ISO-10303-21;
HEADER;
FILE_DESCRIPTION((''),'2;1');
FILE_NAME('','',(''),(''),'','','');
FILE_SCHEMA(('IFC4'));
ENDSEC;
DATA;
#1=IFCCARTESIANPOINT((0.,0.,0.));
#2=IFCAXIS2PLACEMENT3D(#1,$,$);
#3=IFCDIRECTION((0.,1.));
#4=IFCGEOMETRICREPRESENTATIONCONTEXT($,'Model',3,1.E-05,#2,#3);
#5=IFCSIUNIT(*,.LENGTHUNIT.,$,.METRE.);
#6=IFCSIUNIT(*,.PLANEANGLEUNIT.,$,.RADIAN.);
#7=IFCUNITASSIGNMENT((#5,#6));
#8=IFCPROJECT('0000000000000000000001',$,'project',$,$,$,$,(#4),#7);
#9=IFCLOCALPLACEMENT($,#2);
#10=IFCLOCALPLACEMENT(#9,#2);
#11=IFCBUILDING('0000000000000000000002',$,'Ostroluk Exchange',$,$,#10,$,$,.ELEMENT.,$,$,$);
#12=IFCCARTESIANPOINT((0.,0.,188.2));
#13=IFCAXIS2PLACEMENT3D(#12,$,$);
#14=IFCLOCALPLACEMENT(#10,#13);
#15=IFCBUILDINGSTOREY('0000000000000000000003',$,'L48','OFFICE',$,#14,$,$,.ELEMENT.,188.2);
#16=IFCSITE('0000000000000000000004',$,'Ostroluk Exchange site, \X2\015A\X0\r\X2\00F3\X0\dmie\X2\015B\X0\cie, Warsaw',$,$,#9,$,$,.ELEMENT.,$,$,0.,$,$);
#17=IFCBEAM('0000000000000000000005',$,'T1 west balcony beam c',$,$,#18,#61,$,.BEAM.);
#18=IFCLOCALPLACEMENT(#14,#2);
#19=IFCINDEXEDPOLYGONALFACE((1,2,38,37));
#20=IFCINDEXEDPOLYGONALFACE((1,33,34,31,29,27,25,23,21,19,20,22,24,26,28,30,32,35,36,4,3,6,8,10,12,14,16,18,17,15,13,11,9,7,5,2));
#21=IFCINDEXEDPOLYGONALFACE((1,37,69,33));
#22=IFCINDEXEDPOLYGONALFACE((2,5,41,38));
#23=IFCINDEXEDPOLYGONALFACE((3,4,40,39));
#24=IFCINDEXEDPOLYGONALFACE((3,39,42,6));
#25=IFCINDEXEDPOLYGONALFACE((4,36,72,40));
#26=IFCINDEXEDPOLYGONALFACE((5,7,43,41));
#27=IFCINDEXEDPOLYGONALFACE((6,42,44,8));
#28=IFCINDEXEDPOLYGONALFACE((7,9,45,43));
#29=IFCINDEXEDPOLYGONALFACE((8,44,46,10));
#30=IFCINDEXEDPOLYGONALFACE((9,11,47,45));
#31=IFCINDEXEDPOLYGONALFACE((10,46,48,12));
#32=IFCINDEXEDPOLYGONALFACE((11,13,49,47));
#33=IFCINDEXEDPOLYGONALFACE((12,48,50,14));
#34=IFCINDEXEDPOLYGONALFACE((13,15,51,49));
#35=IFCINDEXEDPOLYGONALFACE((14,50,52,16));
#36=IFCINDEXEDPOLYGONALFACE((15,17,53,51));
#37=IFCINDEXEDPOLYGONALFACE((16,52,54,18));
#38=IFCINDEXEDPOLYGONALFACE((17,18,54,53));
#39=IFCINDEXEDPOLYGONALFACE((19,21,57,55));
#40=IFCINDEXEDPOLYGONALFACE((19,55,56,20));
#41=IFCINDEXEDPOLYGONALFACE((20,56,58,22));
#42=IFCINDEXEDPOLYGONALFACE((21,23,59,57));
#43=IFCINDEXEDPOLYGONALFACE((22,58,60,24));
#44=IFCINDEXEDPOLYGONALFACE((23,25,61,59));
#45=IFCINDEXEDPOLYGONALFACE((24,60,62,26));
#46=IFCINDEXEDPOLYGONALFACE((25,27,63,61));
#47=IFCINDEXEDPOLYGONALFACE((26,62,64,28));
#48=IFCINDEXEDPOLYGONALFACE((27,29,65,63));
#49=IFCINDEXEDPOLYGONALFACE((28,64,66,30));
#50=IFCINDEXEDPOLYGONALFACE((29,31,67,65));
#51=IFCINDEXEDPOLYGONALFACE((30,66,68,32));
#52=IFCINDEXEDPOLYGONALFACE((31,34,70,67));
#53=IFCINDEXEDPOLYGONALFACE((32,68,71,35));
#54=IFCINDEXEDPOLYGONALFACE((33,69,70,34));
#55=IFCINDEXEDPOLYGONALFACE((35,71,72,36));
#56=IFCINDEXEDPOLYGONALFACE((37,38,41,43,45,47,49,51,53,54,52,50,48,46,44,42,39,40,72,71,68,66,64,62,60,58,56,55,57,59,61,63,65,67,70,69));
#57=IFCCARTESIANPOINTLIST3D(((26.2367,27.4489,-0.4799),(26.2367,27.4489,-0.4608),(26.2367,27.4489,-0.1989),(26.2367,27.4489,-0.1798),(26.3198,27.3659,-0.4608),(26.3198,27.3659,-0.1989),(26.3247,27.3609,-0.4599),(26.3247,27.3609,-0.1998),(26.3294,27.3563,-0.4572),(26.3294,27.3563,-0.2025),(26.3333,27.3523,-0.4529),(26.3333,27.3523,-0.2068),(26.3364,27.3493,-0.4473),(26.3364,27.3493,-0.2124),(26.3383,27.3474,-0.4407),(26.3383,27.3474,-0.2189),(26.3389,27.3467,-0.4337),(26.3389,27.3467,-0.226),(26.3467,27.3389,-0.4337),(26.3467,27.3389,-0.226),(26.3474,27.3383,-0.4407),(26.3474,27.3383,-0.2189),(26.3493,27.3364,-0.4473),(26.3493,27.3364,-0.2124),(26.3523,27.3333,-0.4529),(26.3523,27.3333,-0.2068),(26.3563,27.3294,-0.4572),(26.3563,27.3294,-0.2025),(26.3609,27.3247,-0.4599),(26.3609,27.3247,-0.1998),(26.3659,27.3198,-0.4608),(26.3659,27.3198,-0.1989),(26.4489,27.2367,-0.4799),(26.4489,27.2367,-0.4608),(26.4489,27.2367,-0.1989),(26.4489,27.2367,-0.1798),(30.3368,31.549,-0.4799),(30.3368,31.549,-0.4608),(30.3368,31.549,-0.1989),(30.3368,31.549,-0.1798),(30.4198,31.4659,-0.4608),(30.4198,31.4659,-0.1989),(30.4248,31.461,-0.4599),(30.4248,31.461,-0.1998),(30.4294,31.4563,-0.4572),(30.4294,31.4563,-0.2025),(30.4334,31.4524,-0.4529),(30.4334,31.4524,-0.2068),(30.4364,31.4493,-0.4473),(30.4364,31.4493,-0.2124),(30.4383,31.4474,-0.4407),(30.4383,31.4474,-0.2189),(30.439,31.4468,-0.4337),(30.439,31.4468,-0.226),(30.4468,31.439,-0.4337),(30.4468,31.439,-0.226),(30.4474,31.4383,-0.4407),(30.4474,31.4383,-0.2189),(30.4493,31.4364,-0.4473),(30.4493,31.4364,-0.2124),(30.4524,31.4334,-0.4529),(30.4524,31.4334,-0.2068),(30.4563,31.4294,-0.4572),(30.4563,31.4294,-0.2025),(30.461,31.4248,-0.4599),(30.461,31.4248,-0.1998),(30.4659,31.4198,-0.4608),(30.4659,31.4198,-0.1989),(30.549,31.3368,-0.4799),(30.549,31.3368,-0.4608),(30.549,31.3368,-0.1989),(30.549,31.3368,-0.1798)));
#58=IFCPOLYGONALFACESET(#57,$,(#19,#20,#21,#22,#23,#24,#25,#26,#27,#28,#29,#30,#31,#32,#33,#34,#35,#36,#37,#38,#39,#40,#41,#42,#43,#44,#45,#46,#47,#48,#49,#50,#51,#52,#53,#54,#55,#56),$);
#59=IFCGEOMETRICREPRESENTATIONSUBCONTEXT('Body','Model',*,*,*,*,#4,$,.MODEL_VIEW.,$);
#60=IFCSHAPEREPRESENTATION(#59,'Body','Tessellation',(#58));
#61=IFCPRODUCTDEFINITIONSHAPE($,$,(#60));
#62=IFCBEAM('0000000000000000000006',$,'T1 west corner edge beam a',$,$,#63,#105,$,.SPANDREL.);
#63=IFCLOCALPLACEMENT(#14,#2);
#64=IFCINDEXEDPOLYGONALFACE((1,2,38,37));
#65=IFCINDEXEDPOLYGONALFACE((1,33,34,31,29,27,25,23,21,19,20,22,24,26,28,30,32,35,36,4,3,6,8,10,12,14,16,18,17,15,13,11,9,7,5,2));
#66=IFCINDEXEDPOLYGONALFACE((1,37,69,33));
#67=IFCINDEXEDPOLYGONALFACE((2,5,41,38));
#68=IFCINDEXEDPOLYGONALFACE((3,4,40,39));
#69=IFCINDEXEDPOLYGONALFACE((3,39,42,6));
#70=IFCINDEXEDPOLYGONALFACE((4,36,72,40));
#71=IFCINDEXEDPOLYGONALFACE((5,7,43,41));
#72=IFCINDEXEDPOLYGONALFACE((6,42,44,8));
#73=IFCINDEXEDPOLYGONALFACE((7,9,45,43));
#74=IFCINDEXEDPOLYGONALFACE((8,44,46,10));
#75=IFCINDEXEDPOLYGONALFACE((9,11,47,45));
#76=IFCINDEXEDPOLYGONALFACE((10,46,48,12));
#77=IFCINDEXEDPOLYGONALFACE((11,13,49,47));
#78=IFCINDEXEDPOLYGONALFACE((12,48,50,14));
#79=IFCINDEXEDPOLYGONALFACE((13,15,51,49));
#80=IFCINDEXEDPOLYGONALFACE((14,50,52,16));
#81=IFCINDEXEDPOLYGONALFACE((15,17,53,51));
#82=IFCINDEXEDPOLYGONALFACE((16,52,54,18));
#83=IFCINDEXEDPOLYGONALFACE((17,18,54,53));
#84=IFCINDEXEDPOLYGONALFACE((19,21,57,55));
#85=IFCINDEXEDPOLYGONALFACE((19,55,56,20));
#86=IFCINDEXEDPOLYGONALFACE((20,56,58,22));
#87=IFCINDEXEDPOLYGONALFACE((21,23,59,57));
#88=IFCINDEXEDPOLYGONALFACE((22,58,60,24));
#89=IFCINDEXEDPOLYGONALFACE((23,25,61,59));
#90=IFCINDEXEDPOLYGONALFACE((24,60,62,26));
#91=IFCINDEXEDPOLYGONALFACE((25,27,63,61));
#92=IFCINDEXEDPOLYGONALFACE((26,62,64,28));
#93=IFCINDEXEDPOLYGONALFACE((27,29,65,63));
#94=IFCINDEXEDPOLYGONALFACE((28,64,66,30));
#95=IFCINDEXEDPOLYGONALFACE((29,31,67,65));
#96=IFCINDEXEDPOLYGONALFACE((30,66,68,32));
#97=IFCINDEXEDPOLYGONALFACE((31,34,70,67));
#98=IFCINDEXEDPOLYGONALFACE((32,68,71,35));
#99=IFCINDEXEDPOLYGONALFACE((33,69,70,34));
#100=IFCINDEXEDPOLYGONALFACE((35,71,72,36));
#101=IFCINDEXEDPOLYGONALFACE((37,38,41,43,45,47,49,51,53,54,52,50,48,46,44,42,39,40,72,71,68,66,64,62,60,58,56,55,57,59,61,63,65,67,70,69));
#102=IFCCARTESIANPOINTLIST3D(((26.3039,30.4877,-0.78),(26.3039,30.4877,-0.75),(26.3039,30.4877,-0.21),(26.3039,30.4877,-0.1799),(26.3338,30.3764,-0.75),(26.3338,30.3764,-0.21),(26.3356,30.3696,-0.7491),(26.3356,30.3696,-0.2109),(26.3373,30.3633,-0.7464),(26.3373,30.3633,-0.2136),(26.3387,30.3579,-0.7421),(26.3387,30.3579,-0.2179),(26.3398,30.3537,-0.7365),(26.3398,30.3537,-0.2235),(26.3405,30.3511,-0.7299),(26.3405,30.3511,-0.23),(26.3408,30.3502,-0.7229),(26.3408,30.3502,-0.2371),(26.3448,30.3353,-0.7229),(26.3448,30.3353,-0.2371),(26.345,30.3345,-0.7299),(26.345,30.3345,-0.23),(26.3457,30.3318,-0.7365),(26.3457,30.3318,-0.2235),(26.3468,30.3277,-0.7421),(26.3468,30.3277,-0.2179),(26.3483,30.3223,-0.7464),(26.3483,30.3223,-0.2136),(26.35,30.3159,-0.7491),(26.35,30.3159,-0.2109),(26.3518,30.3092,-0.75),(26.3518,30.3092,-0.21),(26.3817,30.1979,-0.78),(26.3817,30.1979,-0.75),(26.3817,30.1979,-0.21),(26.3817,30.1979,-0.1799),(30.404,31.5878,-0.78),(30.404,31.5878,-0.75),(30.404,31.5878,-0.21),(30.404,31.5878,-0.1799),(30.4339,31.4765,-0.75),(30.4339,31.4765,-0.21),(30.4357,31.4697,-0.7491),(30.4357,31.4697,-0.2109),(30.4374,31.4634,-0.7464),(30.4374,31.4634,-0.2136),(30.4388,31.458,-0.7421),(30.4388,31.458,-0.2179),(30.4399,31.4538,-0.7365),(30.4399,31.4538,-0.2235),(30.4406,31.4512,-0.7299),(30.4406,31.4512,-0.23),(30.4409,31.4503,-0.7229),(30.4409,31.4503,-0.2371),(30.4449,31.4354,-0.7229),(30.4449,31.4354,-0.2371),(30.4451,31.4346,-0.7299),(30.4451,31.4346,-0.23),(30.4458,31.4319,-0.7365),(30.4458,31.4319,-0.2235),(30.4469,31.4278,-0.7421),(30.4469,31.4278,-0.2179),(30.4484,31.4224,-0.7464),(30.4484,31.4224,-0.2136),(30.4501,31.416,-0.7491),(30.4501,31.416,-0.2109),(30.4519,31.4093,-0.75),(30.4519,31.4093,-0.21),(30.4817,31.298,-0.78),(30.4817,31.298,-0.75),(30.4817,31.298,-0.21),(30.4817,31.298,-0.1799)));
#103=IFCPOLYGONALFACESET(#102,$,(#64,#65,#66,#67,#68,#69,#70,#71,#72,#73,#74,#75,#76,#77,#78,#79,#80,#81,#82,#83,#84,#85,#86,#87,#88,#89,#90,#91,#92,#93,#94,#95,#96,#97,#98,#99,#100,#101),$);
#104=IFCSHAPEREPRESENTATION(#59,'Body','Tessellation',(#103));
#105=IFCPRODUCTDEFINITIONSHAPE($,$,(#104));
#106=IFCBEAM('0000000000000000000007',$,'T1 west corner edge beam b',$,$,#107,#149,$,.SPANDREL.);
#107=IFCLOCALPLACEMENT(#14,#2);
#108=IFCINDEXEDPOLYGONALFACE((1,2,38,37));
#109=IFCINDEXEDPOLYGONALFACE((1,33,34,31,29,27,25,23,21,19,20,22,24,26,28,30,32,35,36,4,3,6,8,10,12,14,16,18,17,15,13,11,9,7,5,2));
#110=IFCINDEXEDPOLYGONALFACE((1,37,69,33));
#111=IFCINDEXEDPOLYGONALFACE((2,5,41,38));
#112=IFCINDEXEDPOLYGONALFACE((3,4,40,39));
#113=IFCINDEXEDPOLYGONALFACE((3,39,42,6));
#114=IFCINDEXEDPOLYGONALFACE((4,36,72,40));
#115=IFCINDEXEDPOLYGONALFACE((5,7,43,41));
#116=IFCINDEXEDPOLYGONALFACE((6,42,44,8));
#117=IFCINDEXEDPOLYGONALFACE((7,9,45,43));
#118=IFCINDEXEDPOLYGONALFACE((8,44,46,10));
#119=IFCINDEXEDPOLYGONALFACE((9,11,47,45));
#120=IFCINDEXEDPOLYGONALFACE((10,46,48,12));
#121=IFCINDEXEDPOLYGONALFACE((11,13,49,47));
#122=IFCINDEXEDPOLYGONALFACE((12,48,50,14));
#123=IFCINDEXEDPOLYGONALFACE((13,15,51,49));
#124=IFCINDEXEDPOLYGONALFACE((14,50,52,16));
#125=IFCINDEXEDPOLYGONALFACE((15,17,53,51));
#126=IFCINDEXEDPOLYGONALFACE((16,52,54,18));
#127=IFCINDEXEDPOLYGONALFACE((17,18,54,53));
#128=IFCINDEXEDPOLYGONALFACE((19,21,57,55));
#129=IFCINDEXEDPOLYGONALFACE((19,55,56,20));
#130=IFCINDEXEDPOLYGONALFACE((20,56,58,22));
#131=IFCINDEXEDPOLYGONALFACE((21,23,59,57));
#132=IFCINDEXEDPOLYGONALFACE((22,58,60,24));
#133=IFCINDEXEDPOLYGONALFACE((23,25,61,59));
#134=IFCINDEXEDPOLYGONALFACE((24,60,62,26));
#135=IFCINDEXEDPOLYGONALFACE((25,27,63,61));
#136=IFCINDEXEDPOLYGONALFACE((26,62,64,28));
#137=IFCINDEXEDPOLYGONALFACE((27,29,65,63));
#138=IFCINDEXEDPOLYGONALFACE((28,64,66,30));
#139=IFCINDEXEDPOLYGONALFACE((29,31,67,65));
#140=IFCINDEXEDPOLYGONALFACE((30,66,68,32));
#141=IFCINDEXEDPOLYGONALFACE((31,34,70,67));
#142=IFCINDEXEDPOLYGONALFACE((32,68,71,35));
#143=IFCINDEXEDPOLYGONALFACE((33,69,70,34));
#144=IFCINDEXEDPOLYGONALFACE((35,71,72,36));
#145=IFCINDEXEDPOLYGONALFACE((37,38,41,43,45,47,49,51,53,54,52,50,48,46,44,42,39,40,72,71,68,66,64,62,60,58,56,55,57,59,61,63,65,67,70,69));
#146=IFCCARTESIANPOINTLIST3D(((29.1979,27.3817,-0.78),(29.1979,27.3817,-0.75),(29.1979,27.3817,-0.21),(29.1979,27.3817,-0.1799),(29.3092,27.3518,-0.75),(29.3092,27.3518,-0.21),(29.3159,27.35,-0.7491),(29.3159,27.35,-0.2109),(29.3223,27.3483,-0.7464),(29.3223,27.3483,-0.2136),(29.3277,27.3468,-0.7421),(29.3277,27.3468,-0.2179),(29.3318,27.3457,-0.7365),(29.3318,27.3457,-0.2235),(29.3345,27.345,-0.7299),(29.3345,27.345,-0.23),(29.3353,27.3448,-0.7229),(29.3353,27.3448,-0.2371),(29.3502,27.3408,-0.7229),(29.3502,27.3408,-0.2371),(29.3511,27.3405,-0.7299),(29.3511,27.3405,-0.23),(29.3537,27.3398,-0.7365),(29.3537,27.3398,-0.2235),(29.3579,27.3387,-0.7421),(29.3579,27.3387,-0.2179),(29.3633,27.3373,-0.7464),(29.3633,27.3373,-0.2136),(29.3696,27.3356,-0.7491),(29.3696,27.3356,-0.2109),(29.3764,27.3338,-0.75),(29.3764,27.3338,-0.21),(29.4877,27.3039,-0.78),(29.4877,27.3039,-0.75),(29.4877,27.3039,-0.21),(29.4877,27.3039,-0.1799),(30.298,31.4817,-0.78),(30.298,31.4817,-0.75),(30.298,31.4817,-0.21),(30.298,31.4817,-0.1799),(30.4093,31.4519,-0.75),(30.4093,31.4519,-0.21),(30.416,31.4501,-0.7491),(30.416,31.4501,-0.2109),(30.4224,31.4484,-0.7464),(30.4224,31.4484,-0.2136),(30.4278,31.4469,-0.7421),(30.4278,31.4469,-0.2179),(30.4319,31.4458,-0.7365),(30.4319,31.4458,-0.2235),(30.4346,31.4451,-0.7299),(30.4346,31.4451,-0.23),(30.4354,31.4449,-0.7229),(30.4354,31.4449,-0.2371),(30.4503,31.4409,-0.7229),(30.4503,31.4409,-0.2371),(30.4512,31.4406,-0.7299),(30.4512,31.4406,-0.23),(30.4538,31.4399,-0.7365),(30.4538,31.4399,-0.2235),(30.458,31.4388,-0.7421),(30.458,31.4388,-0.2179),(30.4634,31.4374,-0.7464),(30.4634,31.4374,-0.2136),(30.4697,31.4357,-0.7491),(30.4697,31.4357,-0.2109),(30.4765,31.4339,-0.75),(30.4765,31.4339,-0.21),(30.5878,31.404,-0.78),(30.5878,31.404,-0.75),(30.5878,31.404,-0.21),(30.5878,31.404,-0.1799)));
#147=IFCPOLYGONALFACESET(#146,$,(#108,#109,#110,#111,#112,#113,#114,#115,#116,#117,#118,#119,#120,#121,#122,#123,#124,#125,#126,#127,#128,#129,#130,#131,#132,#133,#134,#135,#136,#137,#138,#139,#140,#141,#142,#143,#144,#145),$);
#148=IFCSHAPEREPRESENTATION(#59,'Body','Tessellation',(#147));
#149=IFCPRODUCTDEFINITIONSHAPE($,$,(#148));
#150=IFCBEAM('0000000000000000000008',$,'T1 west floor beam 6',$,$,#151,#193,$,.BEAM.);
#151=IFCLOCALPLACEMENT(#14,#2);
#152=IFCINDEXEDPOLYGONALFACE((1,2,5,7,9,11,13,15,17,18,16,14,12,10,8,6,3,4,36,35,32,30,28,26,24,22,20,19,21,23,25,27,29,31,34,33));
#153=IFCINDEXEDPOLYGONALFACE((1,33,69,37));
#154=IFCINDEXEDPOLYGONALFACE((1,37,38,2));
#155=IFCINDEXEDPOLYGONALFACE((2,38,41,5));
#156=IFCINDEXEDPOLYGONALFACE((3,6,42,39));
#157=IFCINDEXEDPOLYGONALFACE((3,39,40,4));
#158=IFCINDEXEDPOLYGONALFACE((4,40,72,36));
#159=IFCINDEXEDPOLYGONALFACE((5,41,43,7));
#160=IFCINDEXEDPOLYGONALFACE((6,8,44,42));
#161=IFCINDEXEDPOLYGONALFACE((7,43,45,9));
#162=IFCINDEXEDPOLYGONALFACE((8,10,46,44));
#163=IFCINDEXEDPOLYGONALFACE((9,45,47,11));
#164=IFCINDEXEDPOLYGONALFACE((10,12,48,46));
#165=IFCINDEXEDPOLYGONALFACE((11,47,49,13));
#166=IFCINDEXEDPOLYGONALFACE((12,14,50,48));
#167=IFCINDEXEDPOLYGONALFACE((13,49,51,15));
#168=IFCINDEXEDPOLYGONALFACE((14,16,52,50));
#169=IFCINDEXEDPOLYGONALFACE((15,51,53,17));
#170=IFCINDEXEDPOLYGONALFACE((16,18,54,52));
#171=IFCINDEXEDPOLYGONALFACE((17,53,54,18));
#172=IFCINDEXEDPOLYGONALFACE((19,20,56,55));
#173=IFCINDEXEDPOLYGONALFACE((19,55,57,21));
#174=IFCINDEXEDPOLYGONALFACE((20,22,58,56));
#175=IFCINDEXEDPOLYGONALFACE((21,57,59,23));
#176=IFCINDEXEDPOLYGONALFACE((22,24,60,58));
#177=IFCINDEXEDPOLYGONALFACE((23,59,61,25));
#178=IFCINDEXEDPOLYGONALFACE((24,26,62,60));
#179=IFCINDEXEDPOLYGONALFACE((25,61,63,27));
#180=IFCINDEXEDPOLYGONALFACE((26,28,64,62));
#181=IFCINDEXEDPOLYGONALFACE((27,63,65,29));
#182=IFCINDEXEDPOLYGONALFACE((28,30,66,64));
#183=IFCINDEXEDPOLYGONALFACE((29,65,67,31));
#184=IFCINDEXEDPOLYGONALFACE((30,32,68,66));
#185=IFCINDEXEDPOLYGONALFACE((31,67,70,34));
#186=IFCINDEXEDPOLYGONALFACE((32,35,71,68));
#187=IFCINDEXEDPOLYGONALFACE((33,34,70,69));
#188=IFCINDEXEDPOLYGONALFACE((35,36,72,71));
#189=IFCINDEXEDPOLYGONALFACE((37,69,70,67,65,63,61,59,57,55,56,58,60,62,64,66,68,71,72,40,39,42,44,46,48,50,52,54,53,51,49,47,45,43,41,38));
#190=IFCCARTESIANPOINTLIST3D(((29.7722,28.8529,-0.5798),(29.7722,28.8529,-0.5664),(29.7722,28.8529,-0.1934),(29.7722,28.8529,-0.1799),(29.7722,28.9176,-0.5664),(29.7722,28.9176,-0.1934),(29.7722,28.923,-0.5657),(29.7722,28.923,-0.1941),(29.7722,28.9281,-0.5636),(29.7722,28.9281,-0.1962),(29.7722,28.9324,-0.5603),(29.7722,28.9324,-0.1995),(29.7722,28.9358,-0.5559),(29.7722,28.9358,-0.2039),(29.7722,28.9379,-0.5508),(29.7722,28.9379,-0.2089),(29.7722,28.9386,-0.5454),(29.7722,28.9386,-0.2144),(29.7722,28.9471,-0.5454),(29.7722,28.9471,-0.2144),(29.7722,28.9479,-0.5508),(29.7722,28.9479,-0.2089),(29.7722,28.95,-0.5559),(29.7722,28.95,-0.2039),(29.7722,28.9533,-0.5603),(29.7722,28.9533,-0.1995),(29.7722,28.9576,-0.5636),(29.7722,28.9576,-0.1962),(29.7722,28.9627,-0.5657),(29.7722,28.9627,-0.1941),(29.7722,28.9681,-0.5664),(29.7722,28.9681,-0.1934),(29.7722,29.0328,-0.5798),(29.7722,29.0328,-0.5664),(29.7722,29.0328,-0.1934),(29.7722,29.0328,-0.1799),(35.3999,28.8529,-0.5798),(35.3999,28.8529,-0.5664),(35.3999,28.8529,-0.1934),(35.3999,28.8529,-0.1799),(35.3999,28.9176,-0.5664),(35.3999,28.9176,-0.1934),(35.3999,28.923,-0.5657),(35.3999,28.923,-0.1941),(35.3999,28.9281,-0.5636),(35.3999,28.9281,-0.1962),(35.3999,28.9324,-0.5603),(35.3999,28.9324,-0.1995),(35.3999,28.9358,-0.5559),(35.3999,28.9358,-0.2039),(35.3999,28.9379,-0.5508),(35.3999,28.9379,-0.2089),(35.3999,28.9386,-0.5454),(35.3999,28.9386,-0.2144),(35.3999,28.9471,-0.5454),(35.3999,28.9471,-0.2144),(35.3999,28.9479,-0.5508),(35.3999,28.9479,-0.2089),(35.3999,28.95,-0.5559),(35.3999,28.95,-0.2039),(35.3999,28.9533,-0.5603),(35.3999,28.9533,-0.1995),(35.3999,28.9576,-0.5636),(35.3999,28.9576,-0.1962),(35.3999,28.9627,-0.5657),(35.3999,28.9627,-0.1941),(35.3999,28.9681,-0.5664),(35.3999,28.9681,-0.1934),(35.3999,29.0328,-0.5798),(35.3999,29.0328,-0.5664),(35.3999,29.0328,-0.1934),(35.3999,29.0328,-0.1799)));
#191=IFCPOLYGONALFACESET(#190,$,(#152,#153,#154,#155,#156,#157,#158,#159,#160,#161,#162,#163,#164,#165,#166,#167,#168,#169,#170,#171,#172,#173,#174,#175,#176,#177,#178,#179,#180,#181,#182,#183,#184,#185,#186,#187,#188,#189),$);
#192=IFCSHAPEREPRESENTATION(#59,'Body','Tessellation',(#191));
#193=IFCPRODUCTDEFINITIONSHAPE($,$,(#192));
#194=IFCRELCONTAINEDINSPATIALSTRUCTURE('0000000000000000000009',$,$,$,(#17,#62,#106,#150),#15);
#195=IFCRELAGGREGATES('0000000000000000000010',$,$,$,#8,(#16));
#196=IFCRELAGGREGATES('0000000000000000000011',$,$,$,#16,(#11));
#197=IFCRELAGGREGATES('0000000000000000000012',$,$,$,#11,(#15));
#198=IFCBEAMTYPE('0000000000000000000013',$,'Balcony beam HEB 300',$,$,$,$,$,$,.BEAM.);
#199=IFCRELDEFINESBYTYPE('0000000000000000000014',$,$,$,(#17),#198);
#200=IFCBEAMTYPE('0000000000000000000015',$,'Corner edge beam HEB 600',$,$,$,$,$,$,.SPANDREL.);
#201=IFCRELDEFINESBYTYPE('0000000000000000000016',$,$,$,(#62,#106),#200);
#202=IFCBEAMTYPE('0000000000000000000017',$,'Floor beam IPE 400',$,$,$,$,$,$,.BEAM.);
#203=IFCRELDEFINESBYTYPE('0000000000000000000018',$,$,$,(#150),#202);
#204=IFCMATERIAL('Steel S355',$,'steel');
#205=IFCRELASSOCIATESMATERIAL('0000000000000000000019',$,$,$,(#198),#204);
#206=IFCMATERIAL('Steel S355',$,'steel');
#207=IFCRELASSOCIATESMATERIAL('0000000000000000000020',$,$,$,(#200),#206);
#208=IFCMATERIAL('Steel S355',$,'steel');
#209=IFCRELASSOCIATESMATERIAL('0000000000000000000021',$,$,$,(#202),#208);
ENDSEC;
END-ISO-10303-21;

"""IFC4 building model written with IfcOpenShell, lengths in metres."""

from ifc_helpers import new_model, si_unit, direction, frame, origin, origin_2d, place, context, subcontext, project, spatial, i_section, extrude, material, material_profile, profile_set, type_object, element, save


model = new_model("IFC4")

# Units and contexts
model_context = context("Model", 3, precision=1e-05, world=origin(), true_north=direction((0.0, 1.0)))
body_context = subcontext(model_context, "Body", "Model", "MODEL_VIEW")
ifc_project = project(units=[si_unit("LENGTHUNIT", "METRE"), si_unit("PLANEANGLEUNIT", "RADIAN")], contexts=[model_context])

# Site, building, storey
site_placement = place(None, origin())
site = spatial("IfcSite", under=ifc_project, at=site_placement, Name="Ostroluk Exchange site, Śródmieście, Warsaw", CompositionType="ELEMENT", RefElevation=0.0)
building_placement = place(site_placement, origin())
building = spatial("IfcBuilding", under=site, at=building_placement, Name="Ostroluk Exchange", CompositionType="ELEMENT")
storey_placement = place(building_placement, frame((0.0, 0.0, 188.2)))
storey = spatial("IfcBuildingStorey", under=building, at=storey_placement, Name="L48", Description="OFFICE", CompositionType="ELEMENT", Elevation=188.2)

# Beams
ifc_material_1 = material(Name="Steel S355", Category="steel")
ifc_material_profile_1 = material_profile(ifc_material_1, i_section(OverallWidth=0.3, OverallDepth=0.3, WebThickness=0.011, FlangeThickness=0.019, FilletRadius=0.0271, at=origin_2d()), Name="HEB 300")
ifc_profile_set_1 = profile_set([ifc_material_profile_1], Name="Steel S355")
beam_type_1 = type_object("IfcBeamType", Name="Balcony beam HEB 300", PredefinedType="BEAM", material=ifc_profile_set_1)
beam_1_placement = place(storey_placement, frame((30.4429, 31.4429, -0.3298), z_axis=(-0.707107, -0.707107, 0.0), x_axis=(0.707107, -0.707107, 0.0)))
element("IfcBeam", 1, at=beam_1_placement, inside=storey, type_object=beam_type_1, Name="T1 west balcony beam c", PredefinedType="BEAM", context=body_context, shape_type="SweptSolid", body=[
    extrude(i_section(OverallWidth=0.3, OverallDepth=0.3, WebThickness=0.011, FlangeThickness=0.019, FilletRadius=0.0271, at=origin_2d()), origin(), (0.0, 0.0, 1.0), 5.7983),
])
ifc_material_2 = material(Name="Steel S355", Category="steel")
ifc_material_profile_2 = material_profile(ifc_material_2, i_section(OverallWidth=0.3, OverallDepth=0.6001, WebThickness=0.0154, FlangeThickness=0.03, FilletRadius=0.0271, at=origin_2d()), Name="HEB 600")
ifc_profile_set_2 = profile_set([ifc_material_profile_2], Name="Steel S355")
beam_type_2 = type_object("IfcBeamType", Name="Corner edge beam HEB 600", PredefinedType="SPANDREL", material=ifc_profile_set_2)
for number, where, z_axis, x_axis, name in (
    (2, (30.4429, 31.4429, -0.48), (-0.965839, -0.259144, 0.0), (0.259144, -0.965839, 0.0), "T1 west corner edge beam a"),
    (3, (30.4429, 31.4429, -0.48), (-0.259144, -0.965839, 0.0), (0.965839, -0.259144, 0.0), "T1 west corner edge beam b"),
):
    element("IfcBeam", number, at=place(storey_placement, frame(where, z_axis=z_axis, x_axis=x_axis)), inside=storey, type_object=beam_type_2, Name=name, PredefinedType="SPANDREL", context=body_context, shape_type="SweptSolid", body=[
        extrude(i_section(OverallWidth=0.3, OverallDepth=0.6001, WebThickness=0.0154, FlangeThickness=0.03, FilletRadius=0.0271, at=origin_2d()), origin(), (0.0, 0.0, 1.0), 4.2451),
    ])
ifc_material_3 = material(Name="Steel S355", Category="steel")
ifc_material_profile_3 = material_profile(ifc_material_3, i_section(OverallWidth=0.1799, OverallDepth=0.3999, WebThickness=0.0085, FlangeThickness=0.0134, FilletRadius=0.021, at=origin_2d()), Name="IPE 400")
ifc_profile_set_3 = profile_set([ifc_material_profile_3], Name="Steel S355")
beam_type_3 = type_object("IfcBeamType", Name="Floor beam IPE 400", PredefinedType="BEAM", material=ifc_profile_set_3)
beam_2_placement = place(storey_placement, frame((35.3999, 28.9429, -0.3799), z_axis=(-1.0, 0.0, 0.0), x_axis=(0.0, -1.0, 0.0)))
element("IfcBeam", 4, at=beam_2_placement, inside=storey, type_object=beam_type_3, Name="T1 west floor beam 6", PredefinedType="BEAM", context=body_context, shape_type="SweptSolid", body=[
    extrude(i_section(OverallWidth=0.1799, OverallDepth=0.3999, WebThickness=0.0085, FlangeThickness=0.0134, FilletRadius=0.021, at=origin_2d()), origin(), (0.0, 0.0, 1.0), 5.6277),
])

save(model, "model.ifc")
